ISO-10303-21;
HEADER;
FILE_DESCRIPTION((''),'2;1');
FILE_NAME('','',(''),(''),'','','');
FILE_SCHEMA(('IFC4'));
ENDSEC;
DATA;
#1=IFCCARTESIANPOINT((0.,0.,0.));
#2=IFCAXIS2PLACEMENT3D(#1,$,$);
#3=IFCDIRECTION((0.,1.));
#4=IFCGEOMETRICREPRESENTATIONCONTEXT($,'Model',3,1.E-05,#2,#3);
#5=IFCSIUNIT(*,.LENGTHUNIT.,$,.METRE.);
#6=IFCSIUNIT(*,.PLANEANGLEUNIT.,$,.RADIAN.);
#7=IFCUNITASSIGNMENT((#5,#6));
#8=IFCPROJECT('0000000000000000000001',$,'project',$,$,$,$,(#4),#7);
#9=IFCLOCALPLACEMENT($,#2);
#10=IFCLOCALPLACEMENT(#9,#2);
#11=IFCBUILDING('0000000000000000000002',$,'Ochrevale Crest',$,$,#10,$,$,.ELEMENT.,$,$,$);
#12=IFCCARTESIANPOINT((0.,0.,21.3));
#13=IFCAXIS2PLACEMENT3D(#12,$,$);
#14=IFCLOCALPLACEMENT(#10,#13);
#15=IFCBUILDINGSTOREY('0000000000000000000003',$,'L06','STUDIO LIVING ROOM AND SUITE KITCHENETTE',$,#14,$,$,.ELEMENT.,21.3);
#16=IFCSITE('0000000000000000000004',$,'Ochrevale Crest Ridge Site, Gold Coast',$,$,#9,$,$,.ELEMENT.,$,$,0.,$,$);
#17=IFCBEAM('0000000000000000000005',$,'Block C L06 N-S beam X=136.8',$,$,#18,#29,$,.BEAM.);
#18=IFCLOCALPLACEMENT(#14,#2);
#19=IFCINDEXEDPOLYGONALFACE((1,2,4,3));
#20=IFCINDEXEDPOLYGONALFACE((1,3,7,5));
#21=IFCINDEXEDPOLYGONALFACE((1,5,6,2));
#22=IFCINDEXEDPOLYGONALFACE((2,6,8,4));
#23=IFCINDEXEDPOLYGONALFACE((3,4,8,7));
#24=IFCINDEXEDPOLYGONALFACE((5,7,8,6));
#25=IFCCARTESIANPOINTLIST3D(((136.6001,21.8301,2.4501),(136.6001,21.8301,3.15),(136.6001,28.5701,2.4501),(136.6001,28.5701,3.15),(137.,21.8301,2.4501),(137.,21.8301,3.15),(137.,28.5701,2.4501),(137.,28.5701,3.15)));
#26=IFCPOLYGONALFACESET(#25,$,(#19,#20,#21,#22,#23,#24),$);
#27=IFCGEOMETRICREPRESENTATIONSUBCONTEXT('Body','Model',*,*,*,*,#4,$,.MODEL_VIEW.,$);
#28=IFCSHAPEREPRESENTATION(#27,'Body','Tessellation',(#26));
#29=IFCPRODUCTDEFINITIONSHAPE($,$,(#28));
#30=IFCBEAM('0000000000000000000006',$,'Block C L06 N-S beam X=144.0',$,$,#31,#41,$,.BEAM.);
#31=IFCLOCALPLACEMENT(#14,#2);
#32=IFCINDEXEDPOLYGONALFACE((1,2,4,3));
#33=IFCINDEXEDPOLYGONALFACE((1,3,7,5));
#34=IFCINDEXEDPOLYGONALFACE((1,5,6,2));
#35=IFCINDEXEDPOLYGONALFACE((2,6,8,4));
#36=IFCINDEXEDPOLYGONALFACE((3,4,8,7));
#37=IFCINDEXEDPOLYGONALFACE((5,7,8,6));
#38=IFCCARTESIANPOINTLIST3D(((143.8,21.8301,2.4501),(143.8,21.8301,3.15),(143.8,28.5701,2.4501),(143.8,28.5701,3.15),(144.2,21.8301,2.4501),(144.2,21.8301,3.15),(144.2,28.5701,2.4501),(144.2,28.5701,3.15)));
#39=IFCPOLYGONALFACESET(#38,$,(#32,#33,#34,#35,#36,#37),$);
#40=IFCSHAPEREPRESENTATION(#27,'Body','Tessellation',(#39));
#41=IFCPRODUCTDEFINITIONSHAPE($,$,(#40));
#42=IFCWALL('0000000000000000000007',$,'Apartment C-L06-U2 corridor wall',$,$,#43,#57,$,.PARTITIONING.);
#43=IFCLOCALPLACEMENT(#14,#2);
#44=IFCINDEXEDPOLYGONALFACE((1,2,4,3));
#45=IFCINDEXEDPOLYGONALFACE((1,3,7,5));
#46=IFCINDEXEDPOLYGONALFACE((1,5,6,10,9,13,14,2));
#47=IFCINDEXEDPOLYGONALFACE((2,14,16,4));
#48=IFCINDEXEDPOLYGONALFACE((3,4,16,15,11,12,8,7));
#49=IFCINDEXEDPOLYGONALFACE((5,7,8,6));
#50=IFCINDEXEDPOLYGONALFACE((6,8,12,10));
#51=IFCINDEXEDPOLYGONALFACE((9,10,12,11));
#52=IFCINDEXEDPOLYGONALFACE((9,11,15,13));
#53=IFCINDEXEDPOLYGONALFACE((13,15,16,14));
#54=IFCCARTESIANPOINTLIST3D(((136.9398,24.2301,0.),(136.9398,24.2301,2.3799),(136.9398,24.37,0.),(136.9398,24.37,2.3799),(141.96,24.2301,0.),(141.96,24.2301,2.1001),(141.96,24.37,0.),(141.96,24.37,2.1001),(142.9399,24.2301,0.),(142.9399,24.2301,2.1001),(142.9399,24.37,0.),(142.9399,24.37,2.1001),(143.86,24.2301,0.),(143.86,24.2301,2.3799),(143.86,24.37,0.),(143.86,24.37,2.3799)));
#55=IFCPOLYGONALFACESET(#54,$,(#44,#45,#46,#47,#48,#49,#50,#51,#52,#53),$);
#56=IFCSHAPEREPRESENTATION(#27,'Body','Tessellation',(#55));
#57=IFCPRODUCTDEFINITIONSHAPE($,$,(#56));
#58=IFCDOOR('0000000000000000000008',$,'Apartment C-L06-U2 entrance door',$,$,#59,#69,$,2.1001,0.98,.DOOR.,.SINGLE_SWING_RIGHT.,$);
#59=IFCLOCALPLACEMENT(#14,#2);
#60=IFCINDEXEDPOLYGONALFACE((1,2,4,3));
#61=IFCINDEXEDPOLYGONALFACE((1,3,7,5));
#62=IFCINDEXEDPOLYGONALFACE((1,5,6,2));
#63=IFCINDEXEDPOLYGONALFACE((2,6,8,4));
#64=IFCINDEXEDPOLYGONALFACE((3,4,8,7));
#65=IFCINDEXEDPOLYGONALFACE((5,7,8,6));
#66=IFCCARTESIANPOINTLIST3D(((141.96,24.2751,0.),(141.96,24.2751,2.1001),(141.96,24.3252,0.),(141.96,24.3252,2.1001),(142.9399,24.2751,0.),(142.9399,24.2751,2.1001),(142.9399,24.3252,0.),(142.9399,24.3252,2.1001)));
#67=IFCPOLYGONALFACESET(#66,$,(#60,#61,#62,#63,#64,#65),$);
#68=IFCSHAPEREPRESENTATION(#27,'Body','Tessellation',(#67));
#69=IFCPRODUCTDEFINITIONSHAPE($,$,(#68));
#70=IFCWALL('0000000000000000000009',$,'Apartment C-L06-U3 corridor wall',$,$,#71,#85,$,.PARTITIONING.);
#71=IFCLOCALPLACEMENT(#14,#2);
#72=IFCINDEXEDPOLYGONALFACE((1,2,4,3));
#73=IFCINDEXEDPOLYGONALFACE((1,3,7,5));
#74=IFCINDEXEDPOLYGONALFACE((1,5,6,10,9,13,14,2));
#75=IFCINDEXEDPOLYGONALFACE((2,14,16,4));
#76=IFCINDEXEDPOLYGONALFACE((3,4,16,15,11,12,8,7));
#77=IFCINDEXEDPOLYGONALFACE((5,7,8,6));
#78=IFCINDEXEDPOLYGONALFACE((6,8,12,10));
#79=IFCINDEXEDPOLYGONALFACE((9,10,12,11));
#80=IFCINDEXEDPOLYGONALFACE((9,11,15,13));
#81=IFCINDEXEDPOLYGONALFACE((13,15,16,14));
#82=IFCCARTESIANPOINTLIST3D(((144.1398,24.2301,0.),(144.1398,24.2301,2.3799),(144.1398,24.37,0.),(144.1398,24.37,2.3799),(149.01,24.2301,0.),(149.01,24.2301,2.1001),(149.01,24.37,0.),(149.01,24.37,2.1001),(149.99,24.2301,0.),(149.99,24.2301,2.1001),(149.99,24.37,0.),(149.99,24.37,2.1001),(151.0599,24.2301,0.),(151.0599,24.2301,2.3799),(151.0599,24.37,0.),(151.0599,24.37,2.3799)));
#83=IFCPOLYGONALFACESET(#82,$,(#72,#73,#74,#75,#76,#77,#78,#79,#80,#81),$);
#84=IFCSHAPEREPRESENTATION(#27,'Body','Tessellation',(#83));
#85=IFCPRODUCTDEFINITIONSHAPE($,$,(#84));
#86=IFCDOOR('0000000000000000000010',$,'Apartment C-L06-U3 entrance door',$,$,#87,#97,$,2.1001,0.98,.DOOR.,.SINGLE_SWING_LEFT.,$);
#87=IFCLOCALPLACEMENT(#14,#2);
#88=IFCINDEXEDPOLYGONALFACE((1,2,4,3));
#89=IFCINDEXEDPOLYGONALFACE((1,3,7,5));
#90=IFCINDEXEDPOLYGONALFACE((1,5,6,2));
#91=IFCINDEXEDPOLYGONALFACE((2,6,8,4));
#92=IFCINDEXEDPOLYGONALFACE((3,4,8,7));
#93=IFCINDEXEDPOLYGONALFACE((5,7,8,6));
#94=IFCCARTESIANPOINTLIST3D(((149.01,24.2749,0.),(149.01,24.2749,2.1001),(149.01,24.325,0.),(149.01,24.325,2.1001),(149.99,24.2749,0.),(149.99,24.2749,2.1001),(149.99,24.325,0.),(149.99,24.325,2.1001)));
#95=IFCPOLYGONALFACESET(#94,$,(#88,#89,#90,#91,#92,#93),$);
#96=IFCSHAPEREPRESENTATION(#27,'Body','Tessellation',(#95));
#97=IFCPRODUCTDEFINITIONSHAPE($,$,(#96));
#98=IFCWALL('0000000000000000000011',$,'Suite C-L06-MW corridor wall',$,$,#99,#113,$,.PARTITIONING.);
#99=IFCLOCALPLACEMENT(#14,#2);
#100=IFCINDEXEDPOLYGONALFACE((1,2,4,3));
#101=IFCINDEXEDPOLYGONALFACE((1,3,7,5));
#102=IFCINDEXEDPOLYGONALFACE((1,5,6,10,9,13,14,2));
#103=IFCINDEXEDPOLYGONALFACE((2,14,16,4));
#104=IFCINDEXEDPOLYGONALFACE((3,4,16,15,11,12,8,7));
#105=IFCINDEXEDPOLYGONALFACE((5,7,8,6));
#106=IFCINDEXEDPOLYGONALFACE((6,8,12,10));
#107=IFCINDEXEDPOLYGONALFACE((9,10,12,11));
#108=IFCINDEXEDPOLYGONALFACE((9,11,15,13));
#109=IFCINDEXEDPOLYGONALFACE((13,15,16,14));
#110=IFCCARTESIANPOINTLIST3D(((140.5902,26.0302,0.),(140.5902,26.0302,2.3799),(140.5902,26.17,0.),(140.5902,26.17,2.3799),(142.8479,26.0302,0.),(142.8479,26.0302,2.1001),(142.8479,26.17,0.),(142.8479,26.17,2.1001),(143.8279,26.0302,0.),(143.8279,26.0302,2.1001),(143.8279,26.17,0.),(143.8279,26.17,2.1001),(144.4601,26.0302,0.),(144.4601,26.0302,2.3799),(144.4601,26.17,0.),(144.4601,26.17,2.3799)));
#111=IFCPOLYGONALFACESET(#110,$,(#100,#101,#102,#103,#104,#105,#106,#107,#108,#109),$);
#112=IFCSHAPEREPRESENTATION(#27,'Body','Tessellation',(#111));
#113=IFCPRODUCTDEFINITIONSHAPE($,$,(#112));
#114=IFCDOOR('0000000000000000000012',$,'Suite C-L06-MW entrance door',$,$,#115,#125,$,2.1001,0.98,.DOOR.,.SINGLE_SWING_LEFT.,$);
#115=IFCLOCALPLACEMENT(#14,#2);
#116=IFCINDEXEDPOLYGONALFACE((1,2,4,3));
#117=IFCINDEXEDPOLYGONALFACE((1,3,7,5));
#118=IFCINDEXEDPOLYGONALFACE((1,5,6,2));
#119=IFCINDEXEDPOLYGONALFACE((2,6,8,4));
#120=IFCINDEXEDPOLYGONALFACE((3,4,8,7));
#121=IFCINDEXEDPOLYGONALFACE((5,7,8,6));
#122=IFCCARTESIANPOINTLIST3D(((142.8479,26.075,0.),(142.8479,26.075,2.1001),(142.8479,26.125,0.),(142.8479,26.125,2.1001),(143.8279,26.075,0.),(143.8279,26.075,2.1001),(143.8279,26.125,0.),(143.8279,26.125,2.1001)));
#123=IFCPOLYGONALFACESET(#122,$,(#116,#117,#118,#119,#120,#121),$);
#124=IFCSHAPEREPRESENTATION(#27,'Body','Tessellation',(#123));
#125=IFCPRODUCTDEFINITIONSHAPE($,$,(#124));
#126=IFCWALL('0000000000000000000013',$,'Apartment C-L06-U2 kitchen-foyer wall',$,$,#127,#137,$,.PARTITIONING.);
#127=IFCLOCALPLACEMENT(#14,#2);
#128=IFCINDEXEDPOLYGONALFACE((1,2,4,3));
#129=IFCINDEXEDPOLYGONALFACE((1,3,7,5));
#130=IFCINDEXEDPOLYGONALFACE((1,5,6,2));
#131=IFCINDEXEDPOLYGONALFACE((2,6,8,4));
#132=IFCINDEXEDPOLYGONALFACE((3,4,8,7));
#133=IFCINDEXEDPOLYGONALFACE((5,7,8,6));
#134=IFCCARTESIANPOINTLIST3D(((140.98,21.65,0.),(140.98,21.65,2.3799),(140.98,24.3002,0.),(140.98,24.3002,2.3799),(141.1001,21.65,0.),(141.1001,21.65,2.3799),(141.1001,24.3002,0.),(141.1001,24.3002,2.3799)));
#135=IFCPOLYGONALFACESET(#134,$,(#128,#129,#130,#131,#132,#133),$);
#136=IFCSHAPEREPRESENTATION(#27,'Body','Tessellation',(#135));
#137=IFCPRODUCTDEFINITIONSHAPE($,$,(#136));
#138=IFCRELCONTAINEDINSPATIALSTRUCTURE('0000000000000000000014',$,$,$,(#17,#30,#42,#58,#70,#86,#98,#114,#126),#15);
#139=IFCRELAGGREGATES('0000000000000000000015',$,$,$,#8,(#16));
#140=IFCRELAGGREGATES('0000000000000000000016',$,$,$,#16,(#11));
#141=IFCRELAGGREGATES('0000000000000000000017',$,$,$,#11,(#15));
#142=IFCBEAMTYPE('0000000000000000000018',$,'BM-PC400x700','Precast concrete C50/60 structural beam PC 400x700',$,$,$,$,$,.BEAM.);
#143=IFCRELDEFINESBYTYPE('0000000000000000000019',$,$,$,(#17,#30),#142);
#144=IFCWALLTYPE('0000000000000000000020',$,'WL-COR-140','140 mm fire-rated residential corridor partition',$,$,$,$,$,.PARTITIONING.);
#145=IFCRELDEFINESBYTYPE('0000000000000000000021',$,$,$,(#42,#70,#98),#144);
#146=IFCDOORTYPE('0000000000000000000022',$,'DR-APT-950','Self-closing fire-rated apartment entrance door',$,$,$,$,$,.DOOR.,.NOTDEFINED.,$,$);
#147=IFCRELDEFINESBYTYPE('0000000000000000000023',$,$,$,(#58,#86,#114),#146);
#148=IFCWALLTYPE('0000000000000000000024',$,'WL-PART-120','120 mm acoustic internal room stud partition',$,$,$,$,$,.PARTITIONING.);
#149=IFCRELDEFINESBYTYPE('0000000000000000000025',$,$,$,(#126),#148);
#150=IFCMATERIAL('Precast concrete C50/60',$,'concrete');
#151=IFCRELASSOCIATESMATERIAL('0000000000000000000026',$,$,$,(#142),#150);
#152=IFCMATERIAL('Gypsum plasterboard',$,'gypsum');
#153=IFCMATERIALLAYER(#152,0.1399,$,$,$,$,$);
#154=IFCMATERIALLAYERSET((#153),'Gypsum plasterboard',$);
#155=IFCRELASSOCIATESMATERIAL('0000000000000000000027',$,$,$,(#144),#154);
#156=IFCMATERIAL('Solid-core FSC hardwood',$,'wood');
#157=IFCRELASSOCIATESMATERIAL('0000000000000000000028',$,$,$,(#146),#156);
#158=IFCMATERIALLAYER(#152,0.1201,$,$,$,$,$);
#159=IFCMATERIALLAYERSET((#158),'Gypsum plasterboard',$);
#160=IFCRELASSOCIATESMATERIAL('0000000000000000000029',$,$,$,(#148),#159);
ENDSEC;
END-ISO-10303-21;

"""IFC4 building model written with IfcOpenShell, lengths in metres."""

from ifc_helpers import new_model, si_unit, direction, frame, frame_2d, origin, origin_2d, place, context, subcontext, project, spatial, rectangle, extrude, material, layer, layer_set, material_profile, profile_set, type_object, element, fill, save


model = new_model("IFC4")

# Units and contexts
model_context = context("Model", 3, precision=1e-05, world=origin(), true_north=direction((0.0, 1.0)))
body_context = subcontext(model_context, "Body", "Model", "MODEL_VIEW")
ifc_project = project(units=[si_unit("LENGTHUNIT", "METRE"), si_unit("PLANEANGLEUNIT", "RADIAN")], contexts=[model_context])

# Site, building, storey
site_placement = place(None, origin())
site = spatial("IfcSite", under=ifc_project, at=site_placement, Name="Ochrevale Crest Ridge Site, Gold Coast", CompositionType="ELEMENT", RefElevation=0.0)
building_placement = place(site_placement, origin())
building = spatial("IfcBuilding", under=site, at=building_placement, Name="Ochrevale Crest", CompositionType="ELEMENT")
storey_placement = place(building_placement, frame((0.0, 0.0, 21.3)))
storey = spatial("IfcBuildingStorey", under=building, at=storey_placement, Name="L06", Description="STUDIO LIVING ROOM AND SUITE KITCHENETTE", CompositionType="ELEMENT", Elevation=21.3)

# Beams
ifc_material_1 = material(Name="Precast concrete C50/60", Category="concrete")
ifc_material_profile = material_profile(ifc_material_1, rectangle(XDim=0.3999, YDim=0.7, at=origin_2d()), Name="PC 400x700")
ifc_profile_set = profile_set([ifc_material_profile], Name="Precast concrete C50/60")
beam_type = type_object("IfcBeamType", Name="BM-PC400x700", Description="Precast concrete C50/60 structural beam PC 400x700", PredefinedType="BEAM", material=ifc_profile_set)
for number, where, z_axis, x_axis, name in (
    (1, (136.8, 21.8301, 2.8), (0.0, 1.0, 0.0), (-1.0, 0.0, 0.0), "Block C L06 N-S beam X=136.8"),
    (2, (144.0, 21.8301, 2.8), (0.0, 1.0, 0.0), (-1.0, 0.0, 0.0), "Block C L06 N-S beam X=144.0"),
):
    element("IfcBeam", number, at=place(storey_placement, frame(where, z_axis=z_axis, x_axis=x_axis)), inside=storey, type_object=beam_type, Name=name, PredefinedType="BEAM", context=body_context, shape_type="SweptSolid", body=[
        extrude(rectangle(XDim=0.3999, YDim=0.7, at=origin_2d()), origin(), (0.0, 0.0, 1.0), 6.74),
    ])

# Walls, openings, doors
ifc_material_2 = material(Name="Gypsum plasterboard", Category="gypsum")
ifc_layer_1 = layer(ifc_material_2, 0.1399)
ifc_layer_set_1 = layer_set([ifc_layer_1], Name="Gypsum plasterboard")
wall_type_1 = type_object("IfcWallType", Name="WL-COR-140", Description="140 mm fire-rated residential corridor partition", PredefinedType="PARTITIONING", material=ifc_layer_set_1)
wall_1_placement = place(storey_placement, frame((136.9399, 24.3, 0.0), z_axis=(0.0, 0.0, 1.0), x_axis=(1.0, 0.0, 0.0)))
wall_1 = element("IfcWall", 3, at=wall_1_placement, inside=storey, type_object=wall_type_1, Name="Apartment C-L06-U2 corridor wall", PredefinedType="PARTITIONING", context=body_context, shape_type="SweptSolid", body=[
    extrude(rectangle(XDim=6.9202, YDim=0.1399, at=frame_2d((3.46, 0.0))), origin(), (0.0, 0.0, 1.0), 2.3799),
])
opening_1_placement = place(wall_1_placement, frame((6.0, 0.0, 0.0), z_axis=(0.0, 0.0, 1.0), x_axis=(-1.0, 0.0, 0.0)))
opening_1 = element("IfcOpeningElement", 4, at=opening_1_placement, cuts=wall_1, PredefinedType="OPENING", context=body_context, shape_type="SweptSolid", body=[
    extrude(rectangle(XDim=0.98, YDim=2.1001, at=frame_2d((0.49, 1.05))), frame((0.0, 0.0801, 0.0), z_axis=(0.0, -1.0, 0.0), x_axis=(1.0, 0.0, 0.0)), (0.0, 0.0, 1.0), 0.1599),
])
ifc_material_3 = material(Name="Solid-core FSC hardwood", Category="wood")
door_type_1 = type_object("IfcDoorType", Name="DR-APT-950", Description="Self-closing fire-rated apartment entrance door", OperationType="NOTDEFINED", PredefinedType="DOOR", material=ifc_material_3)
door_1_placement = place(opening_1_placement, origin())
door_1 = element("IfcDoor", 5, at=door_1_placement, inside=storey, type_object=door_type_1, Name="Apartment C-L06-U2 entrance door", OperationType="SINGLE_SWING_RIGHT", OverallHeight=2.1001, OverallWidth=0.98, PredefinedType="DOOR", context=body_context, shape_type="SweptSolid", body=[
    extrude(rectangle(XDim=0.98, YDim=2.1001, at=frame_2d((0.49, 1.05))), frame((0.0, 0.0249, 0.0), z_axis=(0.0, -1.0, 0.0), x_axis=(1.0, 0.0, 0.0)), (0.0, 0.0, 1.0), 0.05),
])
fill(opening_1, door_1)
wall_2_placement = place(storey_placement, frame((144.1399, 24.3, 0.0), z_axis=(0.0, 0.0, 1.0), x_axis=(1.0, 0.0, 0.0)))
wall_2 = element("IfcWall", 6, at=wall_2_placement, inside=storey, type_object=wall_type_1, Name="Apartment C-L06-U3 corridor wall", PredefinedType="PARTITIONING", context=body_context, shape_type="SweptSolid", body=[
    extrude(rectangle(XDim=6.9202, YDim=0.1399, at=frame_2d((3.46, 0.0))), origin(), (0.0, 0.0, 1.0), 2.3799),
])
opening_2_placement = place(wall_2_placement, frame((4.8701, 0.0, 0.0)))
opening_2 = element("IfcOpeningElement", 7, at=opening_2_placement, cuts=wall_2, PredefinedType="OPENING", context=body_context, shape_type="SweptSolid", body=[
    extrude(rectangle(XDim=0.98, YDim=2.1001, at=frame_2d((0.49, 1.05))), frame((0.0, 0.0801, 0.0), z_axis=(0.0, -1.0, 0.0), x_axis=(1.0, 0.0, 0.0)), (0.0, 0.0, 1.0), 0.1599),
])
door_2_placement = place(opening_2_placement, origin())
door_2 = element("IfcDoor", 8, at=door_2_placement, inside=storey, type_object=door_type_1, Name="Apartment C-L06-U3 entrance door", OperationType="SINGLE_SWING_LEFT", OverallHeight=2.1001, OverallWidth=0.98, PredefinedType="DOOR", context=body_context, shape_type="SweptSolid", body=[
    extrude(rectangle(XDim=0.98, YDim=2.1001, at=frame_2d((0.49, 1.05))), frame((0.0, 0.0249, 0.0), z_axis=(0.0, -1.0, 0.0), x_axis=(1.0, 0.0, 0.0)), (0.0, 0.0, 1.0), 0.05),
])
fill(opening_2, door_2)
wall_3_placement = place(storey_placement, frame((140.5901, 26.1001, 0.0), z_axis=(0.0, 0.0, 1.0), x_axis=(1.0, 0.0, 0.0)))
wall_3 = element("IfcWall", 9, at=wall_3_placement, inside=storey, type_object=wall_type_1, Name="Suite C-L06-MW corridor wall", PredefinedType="PARTITIONING", context=body_context, shape_type="SweptSolid", body=[
    extrude(rectangle(XDim=3.8699, YDim=0.1399, at=frame_2d((1.9351, 0.0))), origin(), (0.0, 0.0, 1.0), 2.3799),
])
opening_3_placement = place(wall_3_placement, frame((2.2578, 0.0, 0.0)))
opening_3 = element("IfcOpeningElement", 10, at=opening_3_placement, cuts=wall_3, PredefinedType="OPENING", context=body_context, shape_type="SweptSolid", body=[
    extrude(rectangle(XDim=0.98, YDim=2.1001, at=frame_2d((0.49, 1.05))), frame((0.0, 0.0801, 0.0), z_axis=(0.0, -1.0, 0.0), x_axis=(1.0, 0.0, 0.0)), (0.0, 0.0, 1.0), 0.1599),
])
door_3_placement = place(opening_3_placement, origin())
door_3 = element("IfcDoor", 11, at=door_3_placement, inside=storey, type_object=door_type_1, Name="Suite C-L06-MW entrance door", OperationType="SINGLE_SWING_LEFT", OverallHeight=2.1001, OverallWidth=0.98, PredefinedType="DOOR", context=body_context, shape_type="SweptSolid", body=[
    extrude(rectangle(XDim=0.98, YDim=2.1001, at=frame_2d((0.49, 1.05))), frame((0.0, 0.0249, 0.0), z_axis=(0.0, -1.0, 0.0), x_axis=(1.0, 0.0, 0.0)), (0.0, 0.0, 1.0), 0.05),
])
fill(opening_3, door_3)

# Wall
ifc_layer_2 = layer(ifc_material_2, 0.1201)
ifc_layer_set_2 = layer_set([ifc_layer_2], Name="Gypsum plasterboard")
wall_type_2 = type_object("IfcWallType", Name="WL-PART-120", Description="120 mm acoustic internal room stud partition", PredefinedType="PARTITIONING", material=ifc_layer_set_2)
wall_4_placement = place(storey_placement, frame((141.04, 21.6499, 0.0), z_axis=(0.0, 0.0, 1.0), x_axis=(0.0, 1.0, 0.0)))
element("IfcWall", 12, at=wall_4_placement, inside=storey, type_object=wall_type_2, Name="Apartment C-L06-U2 kitchen-foyer wall", PredefinedType="PARTITIONING", context=body_context, shape_type="SweptSolid", body=[
    extrude(rectangle(XDim=2.6501, YDim=0.1201, at=frame_2d((1.3252, 0.0))), origin(), (0.0, 0.0, 1.0), 2.3799),
])

save(model, "model.ifc")
